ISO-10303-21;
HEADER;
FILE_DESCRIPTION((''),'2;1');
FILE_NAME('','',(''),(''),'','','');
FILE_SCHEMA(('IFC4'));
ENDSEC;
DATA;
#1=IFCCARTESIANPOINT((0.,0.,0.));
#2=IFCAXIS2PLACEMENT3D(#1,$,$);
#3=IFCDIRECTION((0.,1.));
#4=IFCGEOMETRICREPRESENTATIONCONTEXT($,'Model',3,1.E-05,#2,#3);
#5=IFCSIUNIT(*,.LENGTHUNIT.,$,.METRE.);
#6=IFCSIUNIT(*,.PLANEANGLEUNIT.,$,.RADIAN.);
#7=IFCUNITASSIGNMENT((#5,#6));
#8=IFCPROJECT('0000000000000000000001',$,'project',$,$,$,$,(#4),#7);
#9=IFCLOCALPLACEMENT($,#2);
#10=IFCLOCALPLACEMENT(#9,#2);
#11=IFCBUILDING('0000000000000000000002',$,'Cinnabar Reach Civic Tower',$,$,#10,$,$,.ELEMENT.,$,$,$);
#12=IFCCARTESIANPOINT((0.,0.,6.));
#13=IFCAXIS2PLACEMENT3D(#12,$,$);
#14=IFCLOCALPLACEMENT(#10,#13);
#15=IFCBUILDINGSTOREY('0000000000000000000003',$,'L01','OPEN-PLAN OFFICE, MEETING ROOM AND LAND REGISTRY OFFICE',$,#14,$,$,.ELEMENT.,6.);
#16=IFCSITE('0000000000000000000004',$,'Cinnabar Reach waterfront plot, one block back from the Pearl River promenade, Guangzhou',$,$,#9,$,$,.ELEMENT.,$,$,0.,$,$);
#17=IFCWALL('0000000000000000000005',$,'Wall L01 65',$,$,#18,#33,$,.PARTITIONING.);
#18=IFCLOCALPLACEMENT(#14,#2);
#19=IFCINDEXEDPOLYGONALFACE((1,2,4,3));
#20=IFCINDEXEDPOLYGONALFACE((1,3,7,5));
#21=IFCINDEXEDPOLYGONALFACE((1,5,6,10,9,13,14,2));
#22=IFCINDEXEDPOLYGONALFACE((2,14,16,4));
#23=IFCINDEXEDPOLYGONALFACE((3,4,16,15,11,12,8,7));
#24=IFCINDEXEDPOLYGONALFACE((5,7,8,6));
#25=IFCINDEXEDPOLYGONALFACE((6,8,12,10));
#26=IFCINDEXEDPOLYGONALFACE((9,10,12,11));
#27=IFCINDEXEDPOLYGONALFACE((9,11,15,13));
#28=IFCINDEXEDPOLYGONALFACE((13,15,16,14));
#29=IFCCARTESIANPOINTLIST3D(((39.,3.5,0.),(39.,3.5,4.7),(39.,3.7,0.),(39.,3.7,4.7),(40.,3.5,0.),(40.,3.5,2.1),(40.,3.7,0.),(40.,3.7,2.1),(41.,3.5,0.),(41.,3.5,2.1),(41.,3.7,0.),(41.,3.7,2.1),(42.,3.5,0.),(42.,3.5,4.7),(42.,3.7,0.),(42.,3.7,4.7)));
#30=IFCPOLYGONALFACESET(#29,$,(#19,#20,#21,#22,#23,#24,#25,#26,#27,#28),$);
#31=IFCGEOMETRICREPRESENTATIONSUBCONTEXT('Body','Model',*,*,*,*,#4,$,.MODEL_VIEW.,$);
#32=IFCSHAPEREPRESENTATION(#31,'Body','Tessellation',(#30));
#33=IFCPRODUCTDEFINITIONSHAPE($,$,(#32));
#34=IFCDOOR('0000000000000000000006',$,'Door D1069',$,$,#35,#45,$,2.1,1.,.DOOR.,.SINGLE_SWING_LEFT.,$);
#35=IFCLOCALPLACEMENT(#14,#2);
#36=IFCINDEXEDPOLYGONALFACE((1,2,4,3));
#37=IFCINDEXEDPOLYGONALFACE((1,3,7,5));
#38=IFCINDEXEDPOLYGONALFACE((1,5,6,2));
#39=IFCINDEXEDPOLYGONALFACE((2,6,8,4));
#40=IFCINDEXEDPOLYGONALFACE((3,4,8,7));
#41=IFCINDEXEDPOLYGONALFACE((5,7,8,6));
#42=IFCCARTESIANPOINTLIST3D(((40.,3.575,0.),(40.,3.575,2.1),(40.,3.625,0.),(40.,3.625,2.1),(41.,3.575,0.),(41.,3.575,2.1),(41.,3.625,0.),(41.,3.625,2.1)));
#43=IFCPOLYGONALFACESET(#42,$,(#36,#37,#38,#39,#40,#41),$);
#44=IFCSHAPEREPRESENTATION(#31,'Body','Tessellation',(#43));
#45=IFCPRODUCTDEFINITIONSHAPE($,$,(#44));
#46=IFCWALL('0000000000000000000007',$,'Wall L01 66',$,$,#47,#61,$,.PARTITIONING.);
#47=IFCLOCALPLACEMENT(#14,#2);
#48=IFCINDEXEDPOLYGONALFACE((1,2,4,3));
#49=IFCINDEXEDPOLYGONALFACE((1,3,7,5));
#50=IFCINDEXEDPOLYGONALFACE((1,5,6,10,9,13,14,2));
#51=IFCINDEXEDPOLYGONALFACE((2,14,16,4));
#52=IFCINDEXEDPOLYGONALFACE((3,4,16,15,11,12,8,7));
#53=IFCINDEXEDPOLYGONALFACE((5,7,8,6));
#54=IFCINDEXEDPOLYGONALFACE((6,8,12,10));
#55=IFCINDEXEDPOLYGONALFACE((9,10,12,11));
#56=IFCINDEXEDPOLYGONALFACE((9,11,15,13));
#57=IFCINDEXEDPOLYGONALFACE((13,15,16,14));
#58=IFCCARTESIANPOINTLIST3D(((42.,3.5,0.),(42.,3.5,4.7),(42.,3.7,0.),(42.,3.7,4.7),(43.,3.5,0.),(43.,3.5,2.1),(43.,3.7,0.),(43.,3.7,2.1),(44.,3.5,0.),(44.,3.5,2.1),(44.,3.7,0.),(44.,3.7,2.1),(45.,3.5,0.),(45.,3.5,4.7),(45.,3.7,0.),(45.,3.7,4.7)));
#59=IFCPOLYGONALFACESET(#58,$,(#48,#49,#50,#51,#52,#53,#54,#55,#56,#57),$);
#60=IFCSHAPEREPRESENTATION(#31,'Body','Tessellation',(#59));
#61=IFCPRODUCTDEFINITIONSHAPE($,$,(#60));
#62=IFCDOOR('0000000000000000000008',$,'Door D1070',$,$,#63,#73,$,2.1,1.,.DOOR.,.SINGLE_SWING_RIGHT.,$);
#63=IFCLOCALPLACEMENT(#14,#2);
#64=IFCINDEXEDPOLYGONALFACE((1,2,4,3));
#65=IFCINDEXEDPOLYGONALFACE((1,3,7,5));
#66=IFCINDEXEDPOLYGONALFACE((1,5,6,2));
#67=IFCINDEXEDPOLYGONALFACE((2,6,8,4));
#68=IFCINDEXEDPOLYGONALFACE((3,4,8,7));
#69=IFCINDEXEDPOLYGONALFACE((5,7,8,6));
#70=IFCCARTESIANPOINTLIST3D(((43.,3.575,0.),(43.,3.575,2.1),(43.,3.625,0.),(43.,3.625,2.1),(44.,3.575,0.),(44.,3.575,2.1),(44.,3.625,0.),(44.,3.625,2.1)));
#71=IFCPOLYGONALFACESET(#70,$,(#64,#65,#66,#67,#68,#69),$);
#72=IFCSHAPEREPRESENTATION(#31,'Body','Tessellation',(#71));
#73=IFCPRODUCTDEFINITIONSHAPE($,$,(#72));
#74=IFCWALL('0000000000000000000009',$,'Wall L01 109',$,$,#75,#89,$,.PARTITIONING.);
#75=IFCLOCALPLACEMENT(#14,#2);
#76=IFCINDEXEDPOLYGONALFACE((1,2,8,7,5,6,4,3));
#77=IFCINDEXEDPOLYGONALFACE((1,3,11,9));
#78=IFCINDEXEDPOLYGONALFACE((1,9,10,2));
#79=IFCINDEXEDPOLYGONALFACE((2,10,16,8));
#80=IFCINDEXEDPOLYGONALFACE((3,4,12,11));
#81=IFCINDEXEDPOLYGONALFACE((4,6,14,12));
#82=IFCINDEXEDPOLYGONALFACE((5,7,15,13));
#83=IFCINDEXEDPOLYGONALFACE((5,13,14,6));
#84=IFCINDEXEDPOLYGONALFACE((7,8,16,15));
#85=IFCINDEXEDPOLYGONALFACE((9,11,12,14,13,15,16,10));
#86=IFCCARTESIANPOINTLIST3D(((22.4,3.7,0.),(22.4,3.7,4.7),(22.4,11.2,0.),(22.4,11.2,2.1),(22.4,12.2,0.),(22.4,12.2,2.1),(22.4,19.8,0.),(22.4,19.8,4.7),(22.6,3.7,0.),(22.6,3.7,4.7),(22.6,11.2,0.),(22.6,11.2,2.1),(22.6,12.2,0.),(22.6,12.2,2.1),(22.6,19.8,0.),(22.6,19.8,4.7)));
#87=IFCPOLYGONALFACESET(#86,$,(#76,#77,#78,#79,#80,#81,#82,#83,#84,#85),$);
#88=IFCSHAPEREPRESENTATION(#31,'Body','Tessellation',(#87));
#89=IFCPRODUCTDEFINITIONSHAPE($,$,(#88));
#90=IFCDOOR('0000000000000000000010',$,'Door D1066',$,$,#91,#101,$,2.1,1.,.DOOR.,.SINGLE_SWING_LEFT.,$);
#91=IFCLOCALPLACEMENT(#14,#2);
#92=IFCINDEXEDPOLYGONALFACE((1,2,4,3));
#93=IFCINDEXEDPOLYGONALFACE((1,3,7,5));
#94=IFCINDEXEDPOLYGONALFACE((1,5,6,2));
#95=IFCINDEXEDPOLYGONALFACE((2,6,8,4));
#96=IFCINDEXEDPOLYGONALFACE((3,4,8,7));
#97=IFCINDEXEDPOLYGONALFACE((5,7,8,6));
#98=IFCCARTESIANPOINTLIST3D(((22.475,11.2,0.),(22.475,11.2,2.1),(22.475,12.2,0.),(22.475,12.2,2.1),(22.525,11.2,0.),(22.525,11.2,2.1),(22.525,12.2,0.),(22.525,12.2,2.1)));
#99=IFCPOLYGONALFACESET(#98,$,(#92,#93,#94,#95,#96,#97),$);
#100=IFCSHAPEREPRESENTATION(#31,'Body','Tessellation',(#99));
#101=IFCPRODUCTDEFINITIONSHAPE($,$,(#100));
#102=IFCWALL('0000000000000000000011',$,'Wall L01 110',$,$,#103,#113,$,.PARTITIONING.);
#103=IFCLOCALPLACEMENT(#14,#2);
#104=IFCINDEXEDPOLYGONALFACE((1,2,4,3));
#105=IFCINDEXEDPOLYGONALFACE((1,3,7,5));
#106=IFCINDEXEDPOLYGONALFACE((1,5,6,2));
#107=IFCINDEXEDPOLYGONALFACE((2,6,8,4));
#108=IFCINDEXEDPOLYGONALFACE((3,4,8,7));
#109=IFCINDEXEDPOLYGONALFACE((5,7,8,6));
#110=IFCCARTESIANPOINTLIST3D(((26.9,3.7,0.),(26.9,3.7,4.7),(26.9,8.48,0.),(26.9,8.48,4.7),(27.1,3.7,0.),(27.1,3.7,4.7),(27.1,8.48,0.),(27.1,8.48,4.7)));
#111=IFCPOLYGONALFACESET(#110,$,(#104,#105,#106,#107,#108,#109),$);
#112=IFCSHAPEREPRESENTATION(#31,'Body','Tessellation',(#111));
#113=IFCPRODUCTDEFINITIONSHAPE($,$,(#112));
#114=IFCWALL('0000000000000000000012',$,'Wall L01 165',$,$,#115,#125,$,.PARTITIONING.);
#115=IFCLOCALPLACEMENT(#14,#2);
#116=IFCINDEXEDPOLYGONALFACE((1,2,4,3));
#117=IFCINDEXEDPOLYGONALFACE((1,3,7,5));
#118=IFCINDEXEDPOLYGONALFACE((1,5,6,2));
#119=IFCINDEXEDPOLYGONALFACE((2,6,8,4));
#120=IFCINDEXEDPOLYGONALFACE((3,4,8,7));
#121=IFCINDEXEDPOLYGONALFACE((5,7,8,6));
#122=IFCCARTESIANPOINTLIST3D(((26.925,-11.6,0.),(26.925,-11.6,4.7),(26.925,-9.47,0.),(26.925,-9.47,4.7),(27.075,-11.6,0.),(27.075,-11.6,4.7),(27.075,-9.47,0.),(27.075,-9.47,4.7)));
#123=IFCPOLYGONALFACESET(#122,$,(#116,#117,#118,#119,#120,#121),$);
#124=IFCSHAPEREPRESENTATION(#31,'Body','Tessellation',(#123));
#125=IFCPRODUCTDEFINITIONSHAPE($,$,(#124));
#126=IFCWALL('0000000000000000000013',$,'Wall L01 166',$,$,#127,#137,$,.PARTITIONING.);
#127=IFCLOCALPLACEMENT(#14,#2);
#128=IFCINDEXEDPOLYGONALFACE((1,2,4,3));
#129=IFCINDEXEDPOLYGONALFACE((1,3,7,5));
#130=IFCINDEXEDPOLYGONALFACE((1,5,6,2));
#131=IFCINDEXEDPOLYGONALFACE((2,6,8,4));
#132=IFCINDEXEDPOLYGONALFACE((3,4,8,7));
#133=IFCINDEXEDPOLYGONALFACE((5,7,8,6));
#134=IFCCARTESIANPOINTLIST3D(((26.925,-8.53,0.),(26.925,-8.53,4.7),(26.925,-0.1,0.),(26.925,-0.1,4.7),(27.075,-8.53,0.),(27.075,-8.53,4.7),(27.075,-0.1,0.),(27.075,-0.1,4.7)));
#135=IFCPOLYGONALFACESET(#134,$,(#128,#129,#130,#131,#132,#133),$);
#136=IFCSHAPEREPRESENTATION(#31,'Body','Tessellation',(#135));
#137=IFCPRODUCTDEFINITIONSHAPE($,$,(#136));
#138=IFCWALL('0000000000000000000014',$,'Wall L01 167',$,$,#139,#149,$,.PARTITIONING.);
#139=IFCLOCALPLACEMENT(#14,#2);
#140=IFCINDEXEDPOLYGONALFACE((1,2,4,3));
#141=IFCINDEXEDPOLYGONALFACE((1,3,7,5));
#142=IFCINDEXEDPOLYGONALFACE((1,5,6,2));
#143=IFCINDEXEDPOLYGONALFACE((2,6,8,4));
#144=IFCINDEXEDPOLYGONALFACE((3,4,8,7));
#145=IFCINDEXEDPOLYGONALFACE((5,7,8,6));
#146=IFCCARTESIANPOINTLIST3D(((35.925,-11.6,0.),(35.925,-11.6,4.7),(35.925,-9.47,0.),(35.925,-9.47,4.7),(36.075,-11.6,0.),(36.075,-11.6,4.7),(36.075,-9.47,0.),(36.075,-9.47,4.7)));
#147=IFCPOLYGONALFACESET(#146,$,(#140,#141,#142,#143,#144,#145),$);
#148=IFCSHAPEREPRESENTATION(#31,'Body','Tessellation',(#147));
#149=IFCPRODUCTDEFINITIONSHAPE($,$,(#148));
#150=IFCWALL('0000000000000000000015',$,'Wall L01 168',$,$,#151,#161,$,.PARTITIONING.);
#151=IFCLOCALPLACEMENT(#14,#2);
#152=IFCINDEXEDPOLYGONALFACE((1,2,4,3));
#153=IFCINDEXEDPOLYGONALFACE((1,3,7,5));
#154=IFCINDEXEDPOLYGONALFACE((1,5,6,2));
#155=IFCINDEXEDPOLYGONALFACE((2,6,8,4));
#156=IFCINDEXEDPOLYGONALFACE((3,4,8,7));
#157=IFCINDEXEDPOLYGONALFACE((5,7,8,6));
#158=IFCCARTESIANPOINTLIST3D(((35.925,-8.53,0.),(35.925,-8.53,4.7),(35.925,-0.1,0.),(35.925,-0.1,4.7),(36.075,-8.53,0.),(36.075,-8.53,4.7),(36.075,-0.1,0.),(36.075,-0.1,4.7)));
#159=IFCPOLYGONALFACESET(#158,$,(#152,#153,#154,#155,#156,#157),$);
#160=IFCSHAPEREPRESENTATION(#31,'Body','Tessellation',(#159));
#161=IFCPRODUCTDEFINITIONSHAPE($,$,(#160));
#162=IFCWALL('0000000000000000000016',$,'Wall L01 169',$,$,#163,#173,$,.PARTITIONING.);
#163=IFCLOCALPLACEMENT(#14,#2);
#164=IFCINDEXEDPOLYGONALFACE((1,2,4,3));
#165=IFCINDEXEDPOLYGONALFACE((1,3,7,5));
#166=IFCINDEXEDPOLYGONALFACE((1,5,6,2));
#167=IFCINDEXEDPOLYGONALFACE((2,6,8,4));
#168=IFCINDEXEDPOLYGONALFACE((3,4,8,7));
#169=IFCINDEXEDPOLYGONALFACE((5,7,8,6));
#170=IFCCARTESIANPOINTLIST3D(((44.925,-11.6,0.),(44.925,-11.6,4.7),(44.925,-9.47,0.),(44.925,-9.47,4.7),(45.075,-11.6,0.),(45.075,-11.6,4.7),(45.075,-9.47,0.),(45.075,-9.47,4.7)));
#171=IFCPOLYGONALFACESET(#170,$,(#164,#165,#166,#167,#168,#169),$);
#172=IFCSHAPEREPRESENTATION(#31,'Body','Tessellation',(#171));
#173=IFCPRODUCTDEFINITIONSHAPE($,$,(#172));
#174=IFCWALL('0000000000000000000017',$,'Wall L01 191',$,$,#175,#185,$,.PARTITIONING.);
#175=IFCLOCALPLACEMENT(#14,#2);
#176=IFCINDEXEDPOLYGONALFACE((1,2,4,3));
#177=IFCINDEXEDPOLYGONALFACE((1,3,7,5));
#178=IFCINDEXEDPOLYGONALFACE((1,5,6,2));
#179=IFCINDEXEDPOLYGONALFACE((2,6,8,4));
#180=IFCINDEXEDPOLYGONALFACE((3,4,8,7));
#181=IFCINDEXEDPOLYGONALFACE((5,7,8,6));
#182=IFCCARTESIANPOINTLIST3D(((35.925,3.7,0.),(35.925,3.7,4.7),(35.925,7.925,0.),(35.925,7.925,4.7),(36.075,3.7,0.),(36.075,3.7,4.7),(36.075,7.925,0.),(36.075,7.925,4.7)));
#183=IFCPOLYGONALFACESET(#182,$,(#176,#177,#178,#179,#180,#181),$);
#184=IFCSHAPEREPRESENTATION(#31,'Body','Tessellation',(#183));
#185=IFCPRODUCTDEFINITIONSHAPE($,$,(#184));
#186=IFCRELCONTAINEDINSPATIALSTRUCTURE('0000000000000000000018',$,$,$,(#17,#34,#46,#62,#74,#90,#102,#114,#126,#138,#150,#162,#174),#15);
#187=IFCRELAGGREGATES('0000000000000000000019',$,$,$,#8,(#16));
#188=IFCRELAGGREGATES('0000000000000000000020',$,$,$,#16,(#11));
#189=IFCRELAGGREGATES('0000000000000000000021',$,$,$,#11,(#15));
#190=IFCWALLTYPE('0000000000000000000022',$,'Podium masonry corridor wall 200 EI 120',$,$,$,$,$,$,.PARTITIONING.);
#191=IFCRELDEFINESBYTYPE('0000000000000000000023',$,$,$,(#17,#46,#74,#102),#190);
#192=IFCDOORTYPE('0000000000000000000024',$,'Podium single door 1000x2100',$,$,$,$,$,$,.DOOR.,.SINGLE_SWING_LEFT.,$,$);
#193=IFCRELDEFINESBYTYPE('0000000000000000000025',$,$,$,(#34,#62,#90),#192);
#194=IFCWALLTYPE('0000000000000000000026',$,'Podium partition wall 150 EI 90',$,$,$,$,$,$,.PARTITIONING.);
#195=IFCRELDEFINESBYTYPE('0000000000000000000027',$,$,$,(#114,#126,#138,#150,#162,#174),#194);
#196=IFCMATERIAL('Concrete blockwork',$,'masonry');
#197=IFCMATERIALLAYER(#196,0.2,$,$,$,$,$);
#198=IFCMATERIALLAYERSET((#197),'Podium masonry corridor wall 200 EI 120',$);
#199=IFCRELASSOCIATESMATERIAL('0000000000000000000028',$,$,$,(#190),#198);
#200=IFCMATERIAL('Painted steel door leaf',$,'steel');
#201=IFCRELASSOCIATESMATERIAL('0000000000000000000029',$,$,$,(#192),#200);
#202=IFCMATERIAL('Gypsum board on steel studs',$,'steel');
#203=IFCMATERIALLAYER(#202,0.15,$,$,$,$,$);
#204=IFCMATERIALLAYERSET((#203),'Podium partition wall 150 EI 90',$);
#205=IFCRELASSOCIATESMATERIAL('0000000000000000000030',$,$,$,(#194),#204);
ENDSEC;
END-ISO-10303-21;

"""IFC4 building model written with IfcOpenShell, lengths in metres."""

from ifc_helpers import new_model, si_unit, direction, frame, frame_2d, origin, place, context, subcontext, project, spatial, rectangle, extrude, material, layer, layer_set, type_object, element, fill, save


model = new_model("IFC4")

# Units and contexts
model_context = context("Model", 3, precision=1e-05, world=origin(), true_north=direction((0.0, 1.0)))
body_context = subcontext(model_context, "Body", "Model", "MODEL_VIEW")
ifc_project = project(units=[si_unit("LENGTHUNIT", "METRE"), si_unit("PLANEANGLEUNIT", "RADIAN")], contexts=[model_context])

# Site, building, storey
site_placement = place(None, origin())
site = spatial("IfcSite", under=ifc_project, at=site_placement, Name="Cinnabar Reach waterfront plot, one block back from the Pearl River promenade, Guangzhou", CompositionType="ELEMENT", RefElevation=0.0)
building_placement = place(site_placement, origin())
building = spatial("IfcBuilding", under=site, at=building_placement, Name="Cinnabar Reach Civic Tower", CompositionType="ELEMENT")
storey_placement = place(building_placement, frame((0.0, 0.0, 6.0)))
storey = spatial("IfcBuildingStorey", under=building, at=storey_placement, Name="L01", Description="OPEN-PLAN OFFICE, MEETING ROOM AND LAND REGISTRY OFFICE", CompositionType="ELEMENT", Elevation=6.0)

# Shared definitions
ifc_material_1 = material(Name="Concrete blockwork", Category="masonry")
ifc_layer_1 = layer(ifc_material_1, 0.2)
ifc_layer_set_1 = layer_set([ifc_layer_1], Name="Podium masonry corridor wall 200 EI 120")
wall_type_1 = type_object("IfcWallType", Name="Podium masonry corridor wall 200 EI 120", PredefinedType="PARTITIONING", material=ifc_layer_set_1)
ifc_material_2 = material(Name="Painted steel door leaf", Category="steel")
door_type = type_object("IfcDoorType", Name="Podium single door 1000x2100", OperationType="SINGLE_SWING_LEFT", PredefinedType="DOOR", material=ifc_material_2)

# Walls, openings, doors
wall_1_placement = place(storey_placement, frame((39.0, 3.6, 0.0), z_axis=(0.0, 0.0, 1.0), x_axis=(1.0, 0.0, 0.0)))
wall_1 = element("IfcWall", 1, at=wall_1_placement, inside=storey, type_object=wall_type_1, Name="Wall L01 65", PredefinedType="PARTITIONING", context=body_context, shape_type="SweptSolid", body=[
    extrude(rectangle(XDim=3.0, YDim=0.2, at=frame_2d((1.5, 0.0))), origin(), (0.0, 0.0, 1.0), 4.7),
])
opening_1_placement = place(wall_1_placement, frame((1.0, 0.0, 0.0)))
opening_1 = element("IfcOpeningElement", 2, at=opening_1_placement, cuts=wall_1, PredefinedType="OPENING", context=body_context, shape_type="SweptSolid", body=[
    extrude(rectangle(XDim=1.0, YDim=2.1, at=frame_2d((0.5, 1.05))), frame((0.0, 0.11, 0.0), z_axis=(0.0, -1.0, 0.0), x_axis=(1.0, 0.0, 0.0)), (0.0, 0.0, 1.0), 0.22),
])
door_1_placement = place(opening_1_placement, origin())
door_1 = element("IfcDoor", 3, at=door_1_placement, inside=storey, type_object=door_type, Name="Door D1069", OperationType="SINGLE_SWING_LEFT", OverallHeight=2.1, OverallWidth=1.0, PredefinedType="DOOR", context=body_context, shape_type="SweptSolid", body=[
    extrude(rectangle(XDim=1.0, YDim=2.1, at=frame_2d((0.5, 1.05))), frame((0.0, 0.025, 0.0), z_axis=(0.0, -1.0, 0.0), x_axis=(1.0, 0.0, 0.0)), (0.0, 0.0, 1.0), 0.05),
])
fill(opening_1, door_1)
wall_2_placement = place(storey_placement, frame((42.0, 3.6, 0.0), z_axis=(0.0, 0.0, 1.0), x_axis=(1.0, 0.0, 0.0)))
wall_2 = element("IfcWall", 4, at=wall_2_placement, inside=storey, type_object=wall_type_1, Name="Wall L01 66", PredefinedType="PARTITIONING", context=body_context, shape_type="SweptSolid", body=[
    extrude(rectangle(XDim=3.0, YDim=0.2, at=frame_2d((1.5, 0.0))), origin(), (0.0, 0.0, 1.0), 4.7),
])
opening_2_placement = place(wall_2_placement, frame((1.0, 0.0, 0.0)))
opening_2 = element("IfcOpeningElement", 5, at=opening_2_placement, cuts=wall_2, PredefinedType="OPENING", context=body_context, shape_type="SweptSolid", body=[
    extrude(rectangle(XDim=1.0, YDim=2.1, at=frame_2d((0.5, 1.05))), frame((0.0, 0.11, 0.0), z_axis=(0.0, -1.0, 0.0), x_axis=(1.0, 0.0, 0.0)), (0.0, 0.0, 1.0), 0.22),
])
door_2_placement = place(opening_2_placement, origin())
door_2 = element("IfcDoor", 6, at=door_2_placement, inside=storey, type_object=door_type, Name="Door D1070", OperationType="SINGLE_SWING_RIGHT", OverallHeight=2.1, OverallWidth=1.0, PredefinedType="DOOR", context=body_context, shape_type="SweptSolid", body=[
    extrude(rectangle(XDim=1.0, YDim=2.1, at=frame_2d((0.5, 1.05))), frame((0.0, 0.025, 0.0), z_axis=(0.0, -1.0, 0.0), x_axis=(1.0, 0.0, 0.0)), (0.0, 0.0, 1.0), 0.05),
])
fill(opening_2, door_2)
wall_3_placement = place(storey_placement, frame((22.5, 3.7, 0.0), z_axis=(0.0, 0.0, 1.0), x_axis=(0.0, 1.0, 0.0)))
wall_3 = element("IfcWall", 7, at=wall_3_placement, inside=storey, type_object=wall_type_1, Name="Wall L01 109", PredefinedType="PARTITIONING", context=body_context, shape_type="SweptSolid", body=[
    extrude(rectangle(XDim=16.1, YDim=0.2, at=frame_2d((8.05, 0.0))), origin(), (0.0, 0.0, 1.0), 4.7),
])
opening_3_placement = place(wall_3_placement, frame((7.5, 0.0, 0.0)))
opening_3 = element("IfcOpeningElement", 8, at=opening_3_placement, cuts=wall_3, PredefinedType="OPENING", context=body_context, shape_type="SweptSolid", body=[
    extrude(rectangle(XDim=1.0, YDim=2.1, at=frame_2d((0.5, 1.05))), frame((0.0, 0.11, 0.0), z_axis=(0.0, -1.0, 0.0), x_axis=(1.0, 0.0, 0.0)), (0.0, 0.0, 1.0), 0.22),
])
door_3_placement = place(opening_3_placement, origin())
door_3 = element("IfcDoor", 9, at=door_3_placement, inside=storey, type_object=door_type, Name="Door D1066", OperationType="SINGLE_SWING_LEFT", OverallHeight=2.1, OverallWidth=1.0, PredefinedType="DOOR", context=body_context, shape_type="SweptSolid", body=[
    extrude(rectangle(XDim=1.0, YDim=2.1, at=frame_2d((0.5, 1.05))), frame((0.0, 0.025, 0.0), z_axis=(0.0, -1.0, 0.0), x_axis=(1.0, 0.0, 0.0)), (0.0, 0.0, 1.0), 0.05),
])
fill(opening_3, door_3)

# Walls
wall_4_placement = place(storey_placement, frame((27.0, 3.7, 0.0), z_axis=(0.0, 0.0, 1.0), x_axis=(0.0, 1.0, 0.0)))
element("IfcWall", 10, at=wall_4_placement, inside=storey, type_object=wall_type_1, Name="Wall L01 110", PredefinedType="PARTITIONING", context=body_context, shape_type="SweptSolid", body=[
    extrude(rectangle(XDim=4.78, YDim=0.2, at=frame_2d((2.39, 0.0))), origin(), (0.0, 0.0, 1.0), 4.7),
])
ifc_material_3 = material(Name="Gypsum board on steel studs", Category="steel")
ifc_layer_2 = layer(ifc_material_3, 0.15)
ifc_layer_set_2 = layer_set([ifc_layer_2], Name="Podium partition wall 150 EI 90")
wall_type_2 = type_object("IfcWallType", Name="Podium partition wall 150 EI 90", PredefinedType="PARTITIONING", material=ifc_layer_set_2)
wall_5_placement = place(storey_placement, frame((27.0, -11.6, 0.0), z_axis=(0.0, 0.0, 1.0), x_axis=(0.0, 1.0, 0.0)))
element("IfcWall", 11, at=wall_5_placement, inside=storey, type_object=wall_type_2, Name="Wall L01 165", PredefinedType="PARTITIONING", context=body_context, shape_type="SweptSolid", body=[
    extrude(rectangle(XDim=2.13, YDim=0.15, at=frame_2d((1.065, 0.0))), origin(), (0.0, 0.0, 1.0), 4.7),
])
wall_6_placement = place(storey_placement, frame((27.0, -8.53, 0.0), z_axis=(0.0, 0.0, 1.0), x_axis=(0.0, 1.0, 0.0)))
element("IfcWall", 12, at=wall_6_placement, inside=storey, type_object=wall_type_2, Name="Wall L01 166", PredefinedType="PARTITIONING", context=body_context, shape_type="SweptSolid", body=[
    extrude(rectangle(XDim=8.43, YDim=0.15, at=frame_2d((4.215, 0.0))), origin(), (0.0, 0.0, 1.0), 4.7),
])
wall_7_placement = place(storey_placement, frame((36.0, -11.6, 0.0), z_axis=(0.0, 0.0, 1.0), x_axis=(0.0, 1.0, 0.0)))
element("IfcWall", 13, at=wall_7_placement, inside=storey, type_object=wall_type_2, Name="Wall L01 167", PredefinedType="PARTITIONING", context=body_context, shape_type="SweptSolid", body=[
    extrude(rectangle(XDim=2.13, YDim=0.15, at=frame_2d((1.065, 0.0))), origin(), (0.0, 0.0, 1.0), 4.7),
])
wall_8_placement = place(storey_placement, frame((36.0, -8.53, 0.0), z_axis=(0.0, 0.0, 1.0), x_axis=(0.0, 1.0, 0.0)))
element("IfcWall", 14, at=wall_8_placement, inside=storey, type_object=wall_type_2, Name="Wall L01 168", PredefinedType="PARTITIONING", context=body_context, shape_type="SweptSolid", body=[
    extrude(rectangle(XDim=8.43, YDim=0.15, at=frame_2d((4.215, 0.0))), origin(), (0.0, 0.0, 1.0), 4.7),
])
wall_9_placement = place(storey_placement, frame((45.0, -11.6, 0.0), z_axis=(0.0, 0.0, 1.0), x_axis=(0.0, 1.0, 0.0)))
element("IfcWall", 15, at=wall_9_placement, inside=storey, type_object=wall_type_2, Name="Wall L01 169", PredefinedType="PARTITIONING", context=body_context, shape_type="SweptSolid", body=[
    extrude(rectangle(XDim=2.13, YDim=0.15, at=frame_2d((1.065, 0.0))), origin(), (0.0, 0.0, 1.0), 4.7),
])
for number, where, z_axis, x_axis, name in (
    (16, (36.0, 3.7, 0.0), (0.0, 0.0, 1.0), (0.0, 1.0, 0.0), "Wall L01 191"),
):
    element("IfcWall", number, at=place(storey_placement, frame(where, z_axis=z_axis, x_axis=x_axis)), inside=storey, type_object=wall_type_2, Name=name, PredefinedType="PARTITIONING", context=body_context, shape_type="SweptSolid", body=[
        extrude(rectangle(XDim=4.225, YDim=0.15, at=frame_2d((2.1125, 0.0))), origin(), (0.0, 0.0, 1.0), 4.7),
    ])

save(model, "model.ifc")
